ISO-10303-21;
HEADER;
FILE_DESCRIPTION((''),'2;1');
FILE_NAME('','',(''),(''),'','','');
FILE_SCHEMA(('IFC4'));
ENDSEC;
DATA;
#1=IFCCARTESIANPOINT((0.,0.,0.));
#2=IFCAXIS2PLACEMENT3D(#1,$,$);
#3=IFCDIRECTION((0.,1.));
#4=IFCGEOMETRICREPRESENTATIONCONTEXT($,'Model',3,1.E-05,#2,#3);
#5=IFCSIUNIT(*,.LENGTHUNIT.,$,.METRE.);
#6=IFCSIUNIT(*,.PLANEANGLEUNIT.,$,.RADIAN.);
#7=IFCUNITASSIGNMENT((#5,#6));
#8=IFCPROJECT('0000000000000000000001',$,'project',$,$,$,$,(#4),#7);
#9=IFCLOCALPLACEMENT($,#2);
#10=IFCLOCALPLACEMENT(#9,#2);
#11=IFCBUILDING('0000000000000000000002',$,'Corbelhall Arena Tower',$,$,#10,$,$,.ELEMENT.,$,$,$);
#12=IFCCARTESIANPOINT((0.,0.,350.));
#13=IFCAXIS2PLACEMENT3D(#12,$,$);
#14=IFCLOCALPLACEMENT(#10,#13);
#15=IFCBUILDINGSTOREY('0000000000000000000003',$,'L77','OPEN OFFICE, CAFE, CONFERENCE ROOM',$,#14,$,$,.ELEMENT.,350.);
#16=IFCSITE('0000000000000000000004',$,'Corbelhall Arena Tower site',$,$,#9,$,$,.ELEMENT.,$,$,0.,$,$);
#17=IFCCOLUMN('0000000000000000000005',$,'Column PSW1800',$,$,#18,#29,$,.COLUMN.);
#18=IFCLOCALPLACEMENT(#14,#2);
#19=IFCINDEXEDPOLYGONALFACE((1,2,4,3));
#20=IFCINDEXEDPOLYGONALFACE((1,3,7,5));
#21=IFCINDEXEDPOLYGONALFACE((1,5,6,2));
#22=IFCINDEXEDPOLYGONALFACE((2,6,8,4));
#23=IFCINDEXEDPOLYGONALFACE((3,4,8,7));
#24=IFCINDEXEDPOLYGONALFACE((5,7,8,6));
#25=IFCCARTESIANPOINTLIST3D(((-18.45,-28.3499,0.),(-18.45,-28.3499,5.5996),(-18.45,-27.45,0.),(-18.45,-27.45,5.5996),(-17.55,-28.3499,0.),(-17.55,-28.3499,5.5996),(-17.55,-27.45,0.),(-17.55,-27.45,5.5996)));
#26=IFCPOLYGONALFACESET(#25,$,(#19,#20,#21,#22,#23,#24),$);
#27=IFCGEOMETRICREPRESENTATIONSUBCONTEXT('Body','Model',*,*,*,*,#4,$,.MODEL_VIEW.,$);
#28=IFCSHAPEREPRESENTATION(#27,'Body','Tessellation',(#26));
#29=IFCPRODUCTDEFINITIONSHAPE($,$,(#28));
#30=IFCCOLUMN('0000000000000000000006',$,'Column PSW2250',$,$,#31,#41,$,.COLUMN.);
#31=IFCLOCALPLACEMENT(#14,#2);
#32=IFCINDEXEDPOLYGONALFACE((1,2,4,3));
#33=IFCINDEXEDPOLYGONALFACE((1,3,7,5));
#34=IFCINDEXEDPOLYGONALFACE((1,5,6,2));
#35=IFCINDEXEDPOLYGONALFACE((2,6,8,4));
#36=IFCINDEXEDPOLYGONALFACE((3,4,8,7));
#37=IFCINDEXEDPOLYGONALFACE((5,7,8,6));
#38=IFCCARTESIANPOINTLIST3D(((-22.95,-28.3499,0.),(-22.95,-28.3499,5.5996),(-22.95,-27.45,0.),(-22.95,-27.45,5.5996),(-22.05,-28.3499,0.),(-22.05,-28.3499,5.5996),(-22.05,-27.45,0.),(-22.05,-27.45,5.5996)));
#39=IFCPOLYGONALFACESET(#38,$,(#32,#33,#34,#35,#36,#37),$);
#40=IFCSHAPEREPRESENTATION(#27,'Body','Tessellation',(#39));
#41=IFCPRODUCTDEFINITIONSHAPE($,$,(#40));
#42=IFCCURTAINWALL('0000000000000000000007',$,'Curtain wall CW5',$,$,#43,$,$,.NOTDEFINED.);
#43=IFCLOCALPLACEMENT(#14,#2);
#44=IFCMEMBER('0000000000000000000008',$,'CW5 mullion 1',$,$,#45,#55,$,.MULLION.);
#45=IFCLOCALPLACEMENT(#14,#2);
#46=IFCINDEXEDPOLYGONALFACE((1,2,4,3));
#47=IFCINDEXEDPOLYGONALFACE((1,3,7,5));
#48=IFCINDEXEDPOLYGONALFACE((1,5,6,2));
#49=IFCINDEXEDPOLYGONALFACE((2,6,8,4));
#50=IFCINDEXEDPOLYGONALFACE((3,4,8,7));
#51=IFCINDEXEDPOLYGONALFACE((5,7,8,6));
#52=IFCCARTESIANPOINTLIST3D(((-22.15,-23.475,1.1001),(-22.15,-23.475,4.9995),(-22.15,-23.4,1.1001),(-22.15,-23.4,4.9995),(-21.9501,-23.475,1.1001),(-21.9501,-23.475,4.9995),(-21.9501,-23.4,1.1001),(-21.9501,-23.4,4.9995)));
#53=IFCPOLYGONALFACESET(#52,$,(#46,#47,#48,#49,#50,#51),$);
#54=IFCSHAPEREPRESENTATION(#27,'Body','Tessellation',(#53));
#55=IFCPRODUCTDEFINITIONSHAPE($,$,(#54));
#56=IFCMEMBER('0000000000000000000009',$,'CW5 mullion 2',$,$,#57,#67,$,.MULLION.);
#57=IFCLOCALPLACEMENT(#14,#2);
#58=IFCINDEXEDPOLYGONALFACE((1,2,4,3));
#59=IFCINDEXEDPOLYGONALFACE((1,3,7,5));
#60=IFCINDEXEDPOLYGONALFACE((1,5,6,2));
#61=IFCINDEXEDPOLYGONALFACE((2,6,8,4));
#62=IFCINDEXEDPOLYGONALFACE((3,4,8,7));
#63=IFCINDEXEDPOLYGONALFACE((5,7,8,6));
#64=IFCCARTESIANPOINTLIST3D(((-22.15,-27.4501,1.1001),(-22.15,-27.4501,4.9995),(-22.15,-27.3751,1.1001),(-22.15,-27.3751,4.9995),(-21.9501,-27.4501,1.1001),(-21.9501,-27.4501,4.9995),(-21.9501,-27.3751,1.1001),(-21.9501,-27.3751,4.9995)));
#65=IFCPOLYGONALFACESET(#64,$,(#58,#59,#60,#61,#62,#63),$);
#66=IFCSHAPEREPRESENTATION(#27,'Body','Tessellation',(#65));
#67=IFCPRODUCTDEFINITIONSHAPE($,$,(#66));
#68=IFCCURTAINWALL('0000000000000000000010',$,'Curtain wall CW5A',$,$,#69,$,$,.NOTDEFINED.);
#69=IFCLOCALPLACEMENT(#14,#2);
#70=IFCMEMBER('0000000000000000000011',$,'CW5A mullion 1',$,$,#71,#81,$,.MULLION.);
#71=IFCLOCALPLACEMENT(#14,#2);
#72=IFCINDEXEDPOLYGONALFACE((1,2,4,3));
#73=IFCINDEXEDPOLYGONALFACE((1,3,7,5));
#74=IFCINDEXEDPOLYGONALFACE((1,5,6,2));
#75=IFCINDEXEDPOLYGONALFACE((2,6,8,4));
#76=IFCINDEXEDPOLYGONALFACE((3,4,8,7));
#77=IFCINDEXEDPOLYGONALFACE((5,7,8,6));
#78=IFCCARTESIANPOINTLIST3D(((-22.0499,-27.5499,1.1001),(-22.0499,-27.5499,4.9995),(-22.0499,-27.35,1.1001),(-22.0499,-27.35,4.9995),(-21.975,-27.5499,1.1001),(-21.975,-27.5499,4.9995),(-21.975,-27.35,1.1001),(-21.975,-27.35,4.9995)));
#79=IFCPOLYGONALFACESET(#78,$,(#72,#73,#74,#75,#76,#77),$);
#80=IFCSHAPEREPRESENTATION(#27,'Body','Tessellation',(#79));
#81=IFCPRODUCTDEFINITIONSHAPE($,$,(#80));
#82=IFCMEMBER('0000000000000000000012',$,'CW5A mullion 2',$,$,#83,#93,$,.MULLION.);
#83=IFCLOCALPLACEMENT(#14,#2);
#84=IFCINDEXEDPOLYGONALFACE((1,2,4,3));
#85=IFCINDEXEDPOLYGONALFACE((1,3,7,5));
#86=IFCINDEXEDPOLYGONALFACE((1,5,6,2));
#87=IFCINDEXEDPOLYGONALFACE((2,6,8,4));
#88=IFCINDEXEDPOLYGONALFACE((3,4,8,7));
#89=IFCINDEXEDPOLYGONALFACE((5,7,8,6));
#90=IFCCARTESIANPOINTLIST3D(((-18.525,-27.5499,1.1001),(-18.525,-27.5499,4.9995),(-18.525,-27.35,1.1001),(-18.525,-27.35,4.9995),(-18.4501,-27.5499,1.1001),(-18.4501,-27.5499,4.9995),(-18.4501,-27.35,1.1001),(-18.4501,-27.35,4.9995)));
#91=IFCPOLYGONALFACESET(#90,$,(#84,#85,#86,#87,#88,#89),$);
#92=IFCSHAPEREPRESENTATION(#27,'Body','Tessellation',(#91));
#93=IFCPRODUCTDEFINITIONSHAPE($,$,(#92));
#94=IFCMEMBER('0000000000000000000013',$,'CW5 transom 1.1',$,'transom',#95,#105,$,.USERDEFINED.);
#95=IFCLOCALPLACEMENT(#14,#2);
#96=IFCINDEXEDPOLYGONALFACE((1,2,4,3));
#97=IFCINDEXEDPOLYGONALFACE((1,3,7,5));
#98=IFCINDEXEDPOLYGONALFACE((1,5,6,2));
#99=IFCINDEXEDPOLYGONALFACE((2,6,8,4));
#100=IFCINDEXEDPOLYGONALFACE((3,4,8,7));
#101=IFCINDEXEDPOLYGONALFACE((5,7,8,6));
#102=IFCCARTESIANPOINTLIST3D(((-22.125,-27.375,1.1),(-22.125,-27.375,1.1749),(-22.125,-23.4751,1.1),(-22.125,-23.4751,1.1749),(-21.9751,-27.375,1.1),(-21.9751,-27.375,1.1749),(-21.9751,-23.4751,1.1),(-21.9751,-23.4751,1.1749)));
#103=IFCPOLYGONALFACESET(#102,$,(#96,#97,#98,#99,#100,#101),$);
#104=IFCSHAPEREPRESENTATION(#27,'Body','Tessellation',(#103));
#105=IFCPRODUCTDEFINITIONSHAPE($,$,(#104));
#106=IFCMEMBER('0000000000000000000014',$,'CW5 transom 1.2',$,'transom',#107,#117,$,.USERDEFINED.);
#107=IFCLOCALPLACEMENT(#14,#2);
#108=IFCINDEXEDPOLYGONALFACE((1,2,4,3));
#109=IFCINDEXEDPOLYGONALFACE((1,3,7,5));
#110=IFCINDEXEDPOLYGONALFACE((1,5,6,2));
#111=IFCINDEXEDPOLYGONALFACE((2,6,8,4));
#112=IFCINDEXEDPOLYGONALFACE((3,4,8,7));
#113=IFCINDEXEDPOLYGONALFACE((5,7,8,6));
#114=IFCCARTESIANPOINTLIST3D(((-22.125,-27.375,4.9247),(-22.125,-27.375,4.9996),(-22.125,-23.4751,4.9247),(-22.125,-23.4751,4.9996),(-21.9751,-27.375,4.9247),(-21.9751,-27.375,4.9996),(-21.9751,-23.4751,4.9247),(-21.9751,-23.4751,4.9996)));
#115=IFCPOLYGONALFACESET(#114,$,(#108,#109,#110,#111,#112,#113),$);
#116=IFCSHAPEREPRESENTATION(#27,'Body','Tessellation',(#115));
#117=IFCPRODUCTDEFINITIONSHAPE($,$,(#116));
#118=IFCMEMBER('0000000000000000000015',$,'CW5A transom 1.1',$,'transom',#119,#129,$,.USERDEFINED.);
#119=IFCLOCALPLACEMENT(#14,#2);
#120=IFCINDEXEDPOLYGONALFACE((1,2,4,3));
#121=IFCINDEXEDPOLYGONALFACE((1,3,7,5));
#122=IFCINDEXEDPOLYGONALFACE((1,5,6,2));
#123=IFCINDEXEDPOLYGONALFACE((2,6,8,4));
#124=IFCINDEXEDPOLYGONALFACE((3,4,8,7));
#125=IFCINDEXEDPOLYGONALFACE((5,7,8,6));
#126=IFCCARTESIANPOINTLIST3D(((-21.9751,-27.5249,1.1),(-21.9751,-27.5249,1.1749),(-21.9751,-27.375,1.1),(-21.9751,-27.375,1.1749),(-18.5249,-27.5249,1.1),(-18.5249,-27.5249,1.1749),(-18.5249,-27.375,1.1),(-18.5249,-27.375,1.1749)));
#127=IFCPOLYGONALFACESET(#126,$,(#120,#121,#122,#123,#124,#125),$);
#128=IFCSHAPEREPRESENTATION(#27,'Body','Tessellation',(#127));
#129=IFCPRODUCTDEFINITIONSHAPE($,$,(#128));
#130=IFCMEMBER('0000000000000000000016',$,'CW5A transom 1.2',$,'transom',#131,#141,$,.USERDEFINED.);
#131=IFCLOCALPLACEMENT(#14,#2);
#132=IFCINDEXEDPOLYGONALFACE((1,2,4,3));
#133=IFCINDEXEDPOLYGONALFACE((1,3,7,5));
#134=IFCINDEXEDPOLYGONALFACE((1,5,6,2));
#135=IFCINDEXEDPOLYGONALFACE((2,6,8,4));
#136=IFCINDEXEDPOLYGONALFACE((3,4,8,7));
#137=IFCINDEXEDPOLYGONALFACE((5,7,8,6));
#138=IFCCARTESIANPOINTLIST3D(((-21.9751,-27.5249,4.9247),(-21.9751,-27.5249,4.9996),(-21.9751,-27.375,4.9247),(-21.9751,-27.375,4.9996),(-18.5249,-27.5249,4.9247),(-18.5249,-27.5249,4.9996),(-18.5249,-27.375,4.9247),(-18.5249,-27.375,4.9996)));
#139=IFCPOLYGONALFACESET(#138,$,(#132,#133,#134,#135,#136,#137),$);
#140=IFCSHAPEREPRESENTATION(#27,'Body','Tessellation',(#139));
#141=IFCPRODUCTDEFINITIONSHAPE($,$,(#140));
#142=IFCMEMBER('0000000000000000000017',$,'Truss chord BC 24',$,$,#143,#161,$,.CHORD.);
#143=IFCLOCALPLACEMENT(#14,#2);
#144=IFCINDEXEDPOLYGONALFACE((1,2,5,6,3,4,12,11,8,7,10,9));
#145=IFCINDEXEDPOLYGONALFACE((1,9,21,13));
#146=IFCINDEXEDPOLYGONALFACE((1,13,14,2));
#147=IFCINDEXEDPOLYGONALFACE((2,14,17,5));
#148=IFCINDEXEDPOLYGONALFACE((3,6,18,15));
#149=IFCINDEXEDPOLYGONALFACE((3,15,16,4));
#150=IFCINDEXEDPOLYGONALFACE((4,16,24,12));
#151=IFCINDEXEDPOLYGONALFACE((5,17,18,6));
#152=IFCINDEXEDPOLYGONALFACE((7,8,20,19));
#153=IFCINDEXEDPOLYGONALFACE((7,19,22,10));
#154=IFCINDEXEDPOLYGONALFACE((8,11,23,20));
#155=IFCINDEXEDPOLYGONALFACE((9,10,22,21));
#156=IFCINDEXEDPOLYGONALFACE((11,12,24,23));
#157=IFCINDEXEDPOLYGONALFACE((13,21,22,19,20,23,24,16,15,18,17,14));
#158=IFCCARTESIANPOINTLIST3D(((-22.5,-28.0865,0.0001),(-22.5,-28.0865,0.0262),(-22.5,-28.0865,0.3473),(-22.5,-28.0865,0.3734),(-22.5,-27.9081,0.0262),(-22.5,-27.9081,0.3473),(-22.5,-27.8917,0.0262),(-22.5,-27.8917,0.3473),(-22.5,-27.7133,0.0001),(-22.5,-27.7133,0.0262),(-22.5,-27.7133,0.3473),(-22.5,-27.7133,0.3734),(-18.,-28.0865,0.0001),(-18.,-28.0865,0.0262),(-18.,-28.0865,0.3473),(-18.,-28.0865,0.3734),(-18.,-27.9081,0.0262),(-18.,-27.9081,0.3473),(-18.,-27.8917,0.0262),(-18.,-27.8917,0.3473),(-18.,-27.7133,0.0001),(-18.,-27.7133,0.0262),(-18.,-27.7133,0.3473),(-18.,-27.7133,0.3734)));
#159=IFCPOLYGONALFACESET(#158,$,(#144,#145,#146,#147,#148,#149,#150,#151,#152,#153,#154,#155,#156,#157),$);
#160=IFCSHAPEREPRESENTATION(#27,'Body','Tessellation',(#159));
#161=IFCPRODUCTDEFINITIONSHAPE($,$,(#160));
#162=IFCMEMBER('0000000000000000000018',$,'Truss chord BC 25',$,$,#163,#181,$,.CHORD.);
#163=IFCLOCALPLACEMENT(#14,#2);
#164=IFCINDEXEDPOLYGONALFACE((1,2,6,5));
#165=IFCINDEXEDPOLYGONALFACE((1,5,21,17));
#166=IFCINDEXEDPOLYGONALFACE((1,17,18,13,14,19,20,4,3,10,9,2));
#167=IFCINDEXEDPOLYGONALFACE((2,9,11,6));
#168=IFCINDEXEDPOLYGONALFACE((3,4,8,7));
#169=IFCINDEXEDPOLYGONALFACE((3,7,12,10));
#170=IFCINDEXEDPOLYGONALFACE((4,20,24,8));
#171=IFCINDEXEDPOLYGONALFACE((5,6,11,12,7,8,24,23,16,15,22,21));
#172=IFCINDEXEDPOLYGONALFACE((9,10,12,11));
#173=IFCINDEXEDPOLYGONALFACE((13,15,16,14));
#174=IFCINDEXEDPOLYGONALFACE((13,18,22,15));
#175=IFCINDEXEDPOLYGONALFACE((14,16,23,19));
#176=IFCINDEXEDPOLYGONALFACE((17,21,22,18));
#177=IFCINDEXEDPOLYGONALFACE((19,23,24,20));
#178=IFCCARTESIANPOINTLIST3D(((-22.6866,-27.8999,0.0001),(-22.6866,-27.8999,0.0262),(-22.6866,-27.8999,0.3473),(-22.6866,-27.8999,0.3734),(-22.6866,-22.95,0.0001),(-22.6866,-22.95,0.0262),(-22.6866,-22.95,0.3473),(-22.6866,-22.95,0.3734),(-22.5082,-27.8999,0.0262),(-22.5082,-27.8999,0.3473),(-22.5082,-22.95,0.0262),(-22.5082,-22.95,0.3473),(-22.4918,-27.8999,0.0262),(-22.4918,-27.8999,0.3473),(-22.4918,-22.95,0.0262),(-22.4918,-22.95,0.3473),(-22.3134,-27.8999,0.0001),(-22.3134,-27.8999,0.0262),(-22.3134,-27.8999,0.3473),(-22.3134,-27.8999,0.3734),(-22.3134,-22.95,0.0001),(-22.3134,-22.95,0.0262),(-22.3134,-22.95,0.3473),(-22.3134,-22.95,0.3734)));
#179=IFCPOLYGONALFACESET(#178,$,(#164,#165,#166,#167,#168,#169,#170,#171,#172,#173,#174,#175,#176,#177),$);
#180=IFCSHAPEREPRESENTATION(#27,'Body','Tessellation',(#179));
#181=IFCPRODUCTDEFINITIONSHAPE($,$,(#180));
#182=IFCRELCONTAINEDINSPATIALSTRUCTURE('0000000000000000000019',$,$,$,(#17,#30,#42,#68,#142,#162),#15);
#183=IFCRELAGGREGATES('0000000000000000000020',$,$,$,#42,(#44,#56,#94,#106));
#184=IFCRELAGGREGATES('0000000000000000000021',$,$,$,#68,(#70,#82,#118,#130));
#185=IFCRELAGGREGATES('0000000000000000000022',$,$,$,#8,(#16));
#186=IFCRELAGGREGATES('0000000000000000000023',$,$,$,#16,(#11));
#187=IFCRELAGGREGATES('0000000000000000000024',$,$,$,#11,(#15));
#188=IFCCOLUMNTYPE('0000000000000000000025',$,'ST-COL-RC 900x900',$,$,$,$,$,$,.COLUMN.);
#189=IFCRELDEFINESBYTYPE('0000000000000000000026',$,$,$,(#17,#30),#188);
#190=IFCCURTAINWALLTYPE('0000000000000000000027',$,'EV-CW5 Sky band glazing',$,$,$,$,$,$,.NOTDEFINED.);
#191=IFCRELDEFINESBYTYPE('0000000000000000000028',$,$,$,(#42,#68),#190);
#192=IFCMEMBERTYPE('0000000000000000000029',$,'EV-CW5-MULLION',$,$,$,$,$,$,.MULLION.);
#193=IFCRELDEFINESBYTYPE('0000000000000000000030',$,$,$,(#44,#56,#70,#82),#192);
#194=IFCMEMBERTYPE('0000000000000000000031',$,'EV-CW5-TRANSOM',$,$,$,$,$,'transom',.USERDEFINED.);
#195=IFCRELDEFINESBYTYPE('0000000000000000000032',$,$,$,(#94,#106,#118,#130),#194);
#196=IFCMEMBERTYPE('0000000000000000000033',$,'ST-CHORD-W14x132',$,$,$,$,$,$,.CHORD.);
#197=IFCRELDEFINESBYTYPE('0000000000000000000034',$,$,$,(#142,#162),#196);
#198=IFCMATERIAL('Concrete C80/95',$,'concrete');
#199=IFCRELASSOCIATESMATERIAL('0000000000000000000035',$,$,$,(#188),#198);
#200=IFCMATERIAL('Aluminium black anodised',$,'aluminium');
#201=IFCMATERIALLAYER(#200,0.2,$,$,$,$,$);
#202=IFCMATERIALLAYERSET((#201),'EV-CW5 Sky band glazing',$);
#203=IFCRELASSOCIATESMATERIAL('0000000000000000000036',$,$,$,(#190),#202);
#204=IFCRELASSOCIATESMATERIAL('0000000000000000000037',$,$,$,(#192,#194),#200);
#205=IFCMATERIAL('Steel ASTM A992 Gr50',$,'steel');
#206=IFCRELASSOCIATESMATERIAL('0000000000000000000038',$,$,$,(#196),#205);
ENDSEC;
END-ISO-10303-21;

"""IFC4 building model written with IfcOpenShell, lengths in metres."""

from ifc_helpers import new_model, si_unit, direction, frame, origin, origin_2d, place, context, subcontext, project, spatial, rectangle, i_section, extrude, material, layer, layer_set, material_profile, profile_set, type_object, element, aggregate, save


model = new_model("IFC4")

# Units and contexts
model_context = context("Model", 3, precision=1e-05, world=origin(), true_north=direction((0.0, 1.0)))
body_context = subcontext(model_context, "Body", "Model", "MODEL_VIEW")
ifc_project = project(units=[si_unit("LENGTHUNIT", "METRE"), si_unit("PLANEANGLEUNIT", "RADIAN")], contexts=[model_context])

# Site, building, storey
site_placement = place(None, origin())
site = spatial("IfcSite", under=ifc_project, at=site_placement, Name="Corbelhall Arena Tower site", CompositionType="ELEMENT", RefElevation=0.0)
building_placement = place(site_placement, origin())
building = spatial("IfcBuilding", under=site, at=building_placement, Name="Corbelhall Arena Tower", CompositionType="ELEMENT")
storey_placement = place(building_placement, frame((0.0, 0.0, 350.0)))
storey = spatial("IfcBuildingStorey", under=building, at=storey_placement, Name="L77", Description="OPEN OFFICE, CAFE, CONFERENCE ROOM", CompositionType="ELEMENT", Elevation=350.0)

# Columns
ifc_material_1 = material(Name="Concrete C80/95", Category="concrete")
ifc_material_profile_1 = material_profile(ifc_material_1, rectangle(XDim=0.8999, YDim=0.8999, at=origin_2d()))
ifc_profile_set_1 = profile_set([ifc_material_profile_1], Name="Concrete C80/95")
column_type = type_object("IfcColumnType", Name="ST-COL-RC 900x900", PredefinedType="COLUMN", material=ifc_profile_set_1)
for number, where, z_axis, x_axis, name in (
    (1, (-18.0, -27.8999, 0.0), (0.0, 0.0, 1.0), (1.0, 0.0, 0.0), "Column PSW1800"),
    (2, (-22.5, -27.8999, 0.0), (0.0, 0.0, 1.0), (1.0, 0.0, 0.0), "Column PSW2250"),
):
    element("IfcColumn", number, at=place(storey_placement, frame(where, z_axis=z_axis, x_axis=x_axis)), inside=storey, type_object=column_type, Name=name, PredefinedType="COLUMN", context=body_context, shape_type="SweptSolid", body=[
        extrude(rectangle(XDim=0.8999, YDim=0.8999, at=origin_2d()), origin(), (0.0, 0.0, 1.0), 5.5996),
    ])

# Curtain walls, members
ifc_material_2 = material(Name="Aluminium black anodised", Category="aluminium")
ifc_layer_1 = layer(ifc_material_2, 0.2)
ifc_layer_set_1 = layer_set([ifc_layer_1], Name="EV-CW5 Sky band glazing")
curtain_wall_type = type_object("IfcCurtainWallType", Name="EV-CW5 Sky band glazing", PredefinedType="NOTDEFINED", material=ifc_layer_set_1)
curtain_wall_1_placement = place(storey_placement, origin())
curtain_wall_1 = element("IfcCurtainWall", 3, at=curtain_wall_1_placement, inside=storey, type_object=curtain_wall_type, Name="Curtain wall CW5", PredefinedType="NOTDEFINED")
ifc_material_profile_2 = material_profile(ifc_material_2, rectangle(XDim=0.2, YDim=0.075, at=origin_2d()))
ifc_profile_set_2 = profile_set([ifc_material_profile_2], Name="Aluminium black anodised")
member_type_1 = type_object("IfcMemberType", Name="EV-CW5-MULLION", PredefinedType="MULLION", material=ifc_profile_set_2)
member_1_placement = place(storey_placement, frame((-22.05, -23.4375, 1.1001), z_axis=(0.0, 0.0, 1.0), x_axis=(1.0, 0.0, 0.0)))
member_1 = element("IfcMember", 4, at=member_1_placement, type_object=member_type_1, Name="CW5 mullion 1", PredefinedType="MULLION", context=body_context, shape_type="SweptSolid", body=[
    extrude(rectangle(XDim=0.2, YDim=0.075, at=origin_2d()), origin(), (0.0, 0.0, 1.0), 3.8994),
])
member_2_placement = place(storey_placement, frame((-22.05, -27.4126, 1.1001), z_axis=(0.0, 0.0, 1.0), x_axis=(1.0, 0.0, 0.0)))
member_2 = element("IfcMember", 5, at=member_2_placement, type_object=member_type_1, Name="CW5 mullion 2", PredefinedType="MULLION", context=body_context, shape_type="SweptSolid", body=[
    extrude(rectangle(XDim=0.2, YDim=0.075, at=origin_2d()), origin(), (0.0, 0.0, 1.0), 3.8994),
])
curtain_wall_2_placement = place(storey_placement, origin())
curtain_wall_2 = element("IfcCurtainWall", 6, at=curtain_wall_2_placement, inside=storey, type_object=curtain_wall_type, Name="Curtain wall CW5A", PredefinedType="NOTDEFINED")
member_3_placement = place(storey_placement, frame((-22.0125, -27.45, 1.1001), z_axis=(0.0, 0.0, 1.0), x_axis=(0.0, 1.0, 0.0)))
member_3 = element("IfcMember", 7, at=member_3_placement, type_object=member_type_1, Name="CW5A mullion 1", PredefinedType="MULLION", context=body_context, shape_type="SweptSolid", body=[
    extrude(rectangle(XDim=0.2, YDim=0.075, at=origin_2d()), origin(), (0.0, 0.0, 1.0), 3.8994),
])
member_4_placement = place(storey_placement, frame((-18.4875, -27.45, 1.1001), z_axis=(0.0, 0.0, 1.0), x_axis=(0.0, 1.0, 0.0)))
member_4 = element("IfcMember", 8, at=member_4_placement, type_object=member_type_1, Name="CW5A mullion 2", PredefinedType="MULLION", context=body_context, shape_type="SweptSolid", body=[
    extrude(rectangle(XDim=0.2, YDim=0.075, at=origin_2d()), origin(), (0.0, 0.0, 1.0), 3.8994),
])

# Members
ifc_material_profile_3 = material_profile(ifc_material_2, rectangle(XDim=0.1499, YDim=0.075, at=origin_2d()))
ifc_profile_set_3 = profile_set([ifc_material_profile_3], Name="Aluminium black anodised")
member_type_2 = type_object("IfcMemberType", Name="EV-CW5-TRANSOM", ElementType="transom", PredefinedType="USERDEFINED", material=ifc_profile_set_3)
member_5_placement = place(storey_placement, frame((-22.05, -23.4751, 1.1375), z_axis=(0.0, -1.0, 0.0), x_axis=(1.0, 0.0, 0.0)))
member_5 = element("IfcMember", 9, at=member_5_placement, type_object=member_type_2, Name="CW5 transom 1.1", ObjectType="transom", PredefinedType="USERDEFINED", context=body_context, shape_type="SweptSolid", body=[
    extrude(rectangle(XDim=0.1499, YDim=0.075, at=origin_2d()), origin(), (0.0, 0.0, 1.0), 3.8999),
])
member_6_placement = place(storey_placement, frame((-22.05, -23.4751, 4.9622), z_axis=(0.0, -1.0, 0.0), x_axis=(1.0, 0.0, 0.0)))
member_6 = element("IfcMember", 10, at=member_6_placement, type_object=member_type_2, Name="CW5 transom 1.2", ObjectType="transom", PredefinedType="USERDEFINED", context=body_context, shape_type="SweptSolid", body=[
    extrude(rectangle(XDim=0.1499, YDim=0.075, at=origin_2d()), origin(), (0.0, 0.0, 1.0), 3.8999),
])
member_7_placement = place(storey_placement, frame((-21.9751, -27.45, 1.1375), z_axis=(1.0, 0.0, 0.0), x_axis=(0.0, 1.0, 0.0)))
member_7 = element("IfcMember", 11, at=member_7_placement, type_object=member_type_2, Name="CW5A transom 1.1", ObjectType="transom", PredefinedType="USERDEFINED", context=body_context, shape_type="SweptSolid", body=[
    extrude(rectangle(XDim=0.1499, YDim=0.075, at=origin_2d()), origin(), (0.0, 0.0, 1.0), 3.4502),
])
member_8_placement = place(storey_placement, frame((-21.9751, -27.45, 4.9622), z_axis=(1.0, 0.0, 0.0), x_axis=(0.0, 1.0, 0.0)))
member_8 = element("IfcMember", 12, at=member_8_placement, type_object=member_type_2, Name="CW5A transom 1.2", ObjectType="transom", PredefinedType="USERDEFINED", context=body_context, shape_type="SweptSolid", body=[
    extrude(rectangle(XDim=0.1499, YDim=0.075, at=origin_2d()), origin(), (0.0, 0.0, 1.0), 3.4502),
])

# Members
ifc_material_3 = material(Name="Steel ASTM A992 Gr50", Category="steel")
ifc_material_profile_4 = material_profile(ifc_material_3, i_section(OverallWidth=0.3733, OverallDepth=0.3733, WebThickness=0.0164, FlangeThickness=0.0261, at=origin_2d()))
ifc_profile_set_4 = profile_set([ifc_material_profile_4], Name="Steel ASTM A992 Gr50")
member_type_3 = type_object("IfcMemberType", Name="ST-CHORD-W14x132", PredefinedType="CHORD", material=ifc_profile_set_4)
member_9_placement = place(storey_placement, frame((-18.0, -27.8999, 0.1868), z_axis=(-1.0, 0.0, 0.0), x_axis=(0.0, -1.0, 0.0)))
element("IfcMember", 13, at=member_9_placement, inside=storey, type_object=member_type_3, Name="Truss chord BC 24", PredefinedType="CHORD", context=body_context, shape_type="SweptSolid", body=[
    extrude(i_section(OverallWidth=0.3733, OverallDepth=0.3733, WebThickness=0.0164, FlangeThickness=0.0261, at=origin_2d()), origin(), (0.0, 0.0, 1.0), 4.5),
])
for number, where, z_axis, x_axis, name in (
    (14, (-22.5, -27.8999, 0.1868), (0.0, 1.0, 0.0), (-1.0, 0.0, 0.0), "Truss chord BC 25"),
):
    element("IfcMember", number, at=place(storey_placement, frame(where, z_axis=z_axis, x_axis=x_axis)), inside=storey, type_object=member_type_3, Name=name, PredefinedType="CHORD", context=body_context, shape_type="SweptSolid", body=[
        extrude(i_section(OverallWidth=0.3733, OverallDepth=0.3733, WebThickness=0.0164, FlangeThickness=0.0261, at=origin_2d()), origin(), (0.0, 0.0, 1.0), 4.95),
    ])

aggregate(curtain_wall_1, [member_1, member_2, member_5, member_6])
aggregate(curtain_wall_2, [member_3, member_4, member_7, member_8])

save(model, "model.ifc")
